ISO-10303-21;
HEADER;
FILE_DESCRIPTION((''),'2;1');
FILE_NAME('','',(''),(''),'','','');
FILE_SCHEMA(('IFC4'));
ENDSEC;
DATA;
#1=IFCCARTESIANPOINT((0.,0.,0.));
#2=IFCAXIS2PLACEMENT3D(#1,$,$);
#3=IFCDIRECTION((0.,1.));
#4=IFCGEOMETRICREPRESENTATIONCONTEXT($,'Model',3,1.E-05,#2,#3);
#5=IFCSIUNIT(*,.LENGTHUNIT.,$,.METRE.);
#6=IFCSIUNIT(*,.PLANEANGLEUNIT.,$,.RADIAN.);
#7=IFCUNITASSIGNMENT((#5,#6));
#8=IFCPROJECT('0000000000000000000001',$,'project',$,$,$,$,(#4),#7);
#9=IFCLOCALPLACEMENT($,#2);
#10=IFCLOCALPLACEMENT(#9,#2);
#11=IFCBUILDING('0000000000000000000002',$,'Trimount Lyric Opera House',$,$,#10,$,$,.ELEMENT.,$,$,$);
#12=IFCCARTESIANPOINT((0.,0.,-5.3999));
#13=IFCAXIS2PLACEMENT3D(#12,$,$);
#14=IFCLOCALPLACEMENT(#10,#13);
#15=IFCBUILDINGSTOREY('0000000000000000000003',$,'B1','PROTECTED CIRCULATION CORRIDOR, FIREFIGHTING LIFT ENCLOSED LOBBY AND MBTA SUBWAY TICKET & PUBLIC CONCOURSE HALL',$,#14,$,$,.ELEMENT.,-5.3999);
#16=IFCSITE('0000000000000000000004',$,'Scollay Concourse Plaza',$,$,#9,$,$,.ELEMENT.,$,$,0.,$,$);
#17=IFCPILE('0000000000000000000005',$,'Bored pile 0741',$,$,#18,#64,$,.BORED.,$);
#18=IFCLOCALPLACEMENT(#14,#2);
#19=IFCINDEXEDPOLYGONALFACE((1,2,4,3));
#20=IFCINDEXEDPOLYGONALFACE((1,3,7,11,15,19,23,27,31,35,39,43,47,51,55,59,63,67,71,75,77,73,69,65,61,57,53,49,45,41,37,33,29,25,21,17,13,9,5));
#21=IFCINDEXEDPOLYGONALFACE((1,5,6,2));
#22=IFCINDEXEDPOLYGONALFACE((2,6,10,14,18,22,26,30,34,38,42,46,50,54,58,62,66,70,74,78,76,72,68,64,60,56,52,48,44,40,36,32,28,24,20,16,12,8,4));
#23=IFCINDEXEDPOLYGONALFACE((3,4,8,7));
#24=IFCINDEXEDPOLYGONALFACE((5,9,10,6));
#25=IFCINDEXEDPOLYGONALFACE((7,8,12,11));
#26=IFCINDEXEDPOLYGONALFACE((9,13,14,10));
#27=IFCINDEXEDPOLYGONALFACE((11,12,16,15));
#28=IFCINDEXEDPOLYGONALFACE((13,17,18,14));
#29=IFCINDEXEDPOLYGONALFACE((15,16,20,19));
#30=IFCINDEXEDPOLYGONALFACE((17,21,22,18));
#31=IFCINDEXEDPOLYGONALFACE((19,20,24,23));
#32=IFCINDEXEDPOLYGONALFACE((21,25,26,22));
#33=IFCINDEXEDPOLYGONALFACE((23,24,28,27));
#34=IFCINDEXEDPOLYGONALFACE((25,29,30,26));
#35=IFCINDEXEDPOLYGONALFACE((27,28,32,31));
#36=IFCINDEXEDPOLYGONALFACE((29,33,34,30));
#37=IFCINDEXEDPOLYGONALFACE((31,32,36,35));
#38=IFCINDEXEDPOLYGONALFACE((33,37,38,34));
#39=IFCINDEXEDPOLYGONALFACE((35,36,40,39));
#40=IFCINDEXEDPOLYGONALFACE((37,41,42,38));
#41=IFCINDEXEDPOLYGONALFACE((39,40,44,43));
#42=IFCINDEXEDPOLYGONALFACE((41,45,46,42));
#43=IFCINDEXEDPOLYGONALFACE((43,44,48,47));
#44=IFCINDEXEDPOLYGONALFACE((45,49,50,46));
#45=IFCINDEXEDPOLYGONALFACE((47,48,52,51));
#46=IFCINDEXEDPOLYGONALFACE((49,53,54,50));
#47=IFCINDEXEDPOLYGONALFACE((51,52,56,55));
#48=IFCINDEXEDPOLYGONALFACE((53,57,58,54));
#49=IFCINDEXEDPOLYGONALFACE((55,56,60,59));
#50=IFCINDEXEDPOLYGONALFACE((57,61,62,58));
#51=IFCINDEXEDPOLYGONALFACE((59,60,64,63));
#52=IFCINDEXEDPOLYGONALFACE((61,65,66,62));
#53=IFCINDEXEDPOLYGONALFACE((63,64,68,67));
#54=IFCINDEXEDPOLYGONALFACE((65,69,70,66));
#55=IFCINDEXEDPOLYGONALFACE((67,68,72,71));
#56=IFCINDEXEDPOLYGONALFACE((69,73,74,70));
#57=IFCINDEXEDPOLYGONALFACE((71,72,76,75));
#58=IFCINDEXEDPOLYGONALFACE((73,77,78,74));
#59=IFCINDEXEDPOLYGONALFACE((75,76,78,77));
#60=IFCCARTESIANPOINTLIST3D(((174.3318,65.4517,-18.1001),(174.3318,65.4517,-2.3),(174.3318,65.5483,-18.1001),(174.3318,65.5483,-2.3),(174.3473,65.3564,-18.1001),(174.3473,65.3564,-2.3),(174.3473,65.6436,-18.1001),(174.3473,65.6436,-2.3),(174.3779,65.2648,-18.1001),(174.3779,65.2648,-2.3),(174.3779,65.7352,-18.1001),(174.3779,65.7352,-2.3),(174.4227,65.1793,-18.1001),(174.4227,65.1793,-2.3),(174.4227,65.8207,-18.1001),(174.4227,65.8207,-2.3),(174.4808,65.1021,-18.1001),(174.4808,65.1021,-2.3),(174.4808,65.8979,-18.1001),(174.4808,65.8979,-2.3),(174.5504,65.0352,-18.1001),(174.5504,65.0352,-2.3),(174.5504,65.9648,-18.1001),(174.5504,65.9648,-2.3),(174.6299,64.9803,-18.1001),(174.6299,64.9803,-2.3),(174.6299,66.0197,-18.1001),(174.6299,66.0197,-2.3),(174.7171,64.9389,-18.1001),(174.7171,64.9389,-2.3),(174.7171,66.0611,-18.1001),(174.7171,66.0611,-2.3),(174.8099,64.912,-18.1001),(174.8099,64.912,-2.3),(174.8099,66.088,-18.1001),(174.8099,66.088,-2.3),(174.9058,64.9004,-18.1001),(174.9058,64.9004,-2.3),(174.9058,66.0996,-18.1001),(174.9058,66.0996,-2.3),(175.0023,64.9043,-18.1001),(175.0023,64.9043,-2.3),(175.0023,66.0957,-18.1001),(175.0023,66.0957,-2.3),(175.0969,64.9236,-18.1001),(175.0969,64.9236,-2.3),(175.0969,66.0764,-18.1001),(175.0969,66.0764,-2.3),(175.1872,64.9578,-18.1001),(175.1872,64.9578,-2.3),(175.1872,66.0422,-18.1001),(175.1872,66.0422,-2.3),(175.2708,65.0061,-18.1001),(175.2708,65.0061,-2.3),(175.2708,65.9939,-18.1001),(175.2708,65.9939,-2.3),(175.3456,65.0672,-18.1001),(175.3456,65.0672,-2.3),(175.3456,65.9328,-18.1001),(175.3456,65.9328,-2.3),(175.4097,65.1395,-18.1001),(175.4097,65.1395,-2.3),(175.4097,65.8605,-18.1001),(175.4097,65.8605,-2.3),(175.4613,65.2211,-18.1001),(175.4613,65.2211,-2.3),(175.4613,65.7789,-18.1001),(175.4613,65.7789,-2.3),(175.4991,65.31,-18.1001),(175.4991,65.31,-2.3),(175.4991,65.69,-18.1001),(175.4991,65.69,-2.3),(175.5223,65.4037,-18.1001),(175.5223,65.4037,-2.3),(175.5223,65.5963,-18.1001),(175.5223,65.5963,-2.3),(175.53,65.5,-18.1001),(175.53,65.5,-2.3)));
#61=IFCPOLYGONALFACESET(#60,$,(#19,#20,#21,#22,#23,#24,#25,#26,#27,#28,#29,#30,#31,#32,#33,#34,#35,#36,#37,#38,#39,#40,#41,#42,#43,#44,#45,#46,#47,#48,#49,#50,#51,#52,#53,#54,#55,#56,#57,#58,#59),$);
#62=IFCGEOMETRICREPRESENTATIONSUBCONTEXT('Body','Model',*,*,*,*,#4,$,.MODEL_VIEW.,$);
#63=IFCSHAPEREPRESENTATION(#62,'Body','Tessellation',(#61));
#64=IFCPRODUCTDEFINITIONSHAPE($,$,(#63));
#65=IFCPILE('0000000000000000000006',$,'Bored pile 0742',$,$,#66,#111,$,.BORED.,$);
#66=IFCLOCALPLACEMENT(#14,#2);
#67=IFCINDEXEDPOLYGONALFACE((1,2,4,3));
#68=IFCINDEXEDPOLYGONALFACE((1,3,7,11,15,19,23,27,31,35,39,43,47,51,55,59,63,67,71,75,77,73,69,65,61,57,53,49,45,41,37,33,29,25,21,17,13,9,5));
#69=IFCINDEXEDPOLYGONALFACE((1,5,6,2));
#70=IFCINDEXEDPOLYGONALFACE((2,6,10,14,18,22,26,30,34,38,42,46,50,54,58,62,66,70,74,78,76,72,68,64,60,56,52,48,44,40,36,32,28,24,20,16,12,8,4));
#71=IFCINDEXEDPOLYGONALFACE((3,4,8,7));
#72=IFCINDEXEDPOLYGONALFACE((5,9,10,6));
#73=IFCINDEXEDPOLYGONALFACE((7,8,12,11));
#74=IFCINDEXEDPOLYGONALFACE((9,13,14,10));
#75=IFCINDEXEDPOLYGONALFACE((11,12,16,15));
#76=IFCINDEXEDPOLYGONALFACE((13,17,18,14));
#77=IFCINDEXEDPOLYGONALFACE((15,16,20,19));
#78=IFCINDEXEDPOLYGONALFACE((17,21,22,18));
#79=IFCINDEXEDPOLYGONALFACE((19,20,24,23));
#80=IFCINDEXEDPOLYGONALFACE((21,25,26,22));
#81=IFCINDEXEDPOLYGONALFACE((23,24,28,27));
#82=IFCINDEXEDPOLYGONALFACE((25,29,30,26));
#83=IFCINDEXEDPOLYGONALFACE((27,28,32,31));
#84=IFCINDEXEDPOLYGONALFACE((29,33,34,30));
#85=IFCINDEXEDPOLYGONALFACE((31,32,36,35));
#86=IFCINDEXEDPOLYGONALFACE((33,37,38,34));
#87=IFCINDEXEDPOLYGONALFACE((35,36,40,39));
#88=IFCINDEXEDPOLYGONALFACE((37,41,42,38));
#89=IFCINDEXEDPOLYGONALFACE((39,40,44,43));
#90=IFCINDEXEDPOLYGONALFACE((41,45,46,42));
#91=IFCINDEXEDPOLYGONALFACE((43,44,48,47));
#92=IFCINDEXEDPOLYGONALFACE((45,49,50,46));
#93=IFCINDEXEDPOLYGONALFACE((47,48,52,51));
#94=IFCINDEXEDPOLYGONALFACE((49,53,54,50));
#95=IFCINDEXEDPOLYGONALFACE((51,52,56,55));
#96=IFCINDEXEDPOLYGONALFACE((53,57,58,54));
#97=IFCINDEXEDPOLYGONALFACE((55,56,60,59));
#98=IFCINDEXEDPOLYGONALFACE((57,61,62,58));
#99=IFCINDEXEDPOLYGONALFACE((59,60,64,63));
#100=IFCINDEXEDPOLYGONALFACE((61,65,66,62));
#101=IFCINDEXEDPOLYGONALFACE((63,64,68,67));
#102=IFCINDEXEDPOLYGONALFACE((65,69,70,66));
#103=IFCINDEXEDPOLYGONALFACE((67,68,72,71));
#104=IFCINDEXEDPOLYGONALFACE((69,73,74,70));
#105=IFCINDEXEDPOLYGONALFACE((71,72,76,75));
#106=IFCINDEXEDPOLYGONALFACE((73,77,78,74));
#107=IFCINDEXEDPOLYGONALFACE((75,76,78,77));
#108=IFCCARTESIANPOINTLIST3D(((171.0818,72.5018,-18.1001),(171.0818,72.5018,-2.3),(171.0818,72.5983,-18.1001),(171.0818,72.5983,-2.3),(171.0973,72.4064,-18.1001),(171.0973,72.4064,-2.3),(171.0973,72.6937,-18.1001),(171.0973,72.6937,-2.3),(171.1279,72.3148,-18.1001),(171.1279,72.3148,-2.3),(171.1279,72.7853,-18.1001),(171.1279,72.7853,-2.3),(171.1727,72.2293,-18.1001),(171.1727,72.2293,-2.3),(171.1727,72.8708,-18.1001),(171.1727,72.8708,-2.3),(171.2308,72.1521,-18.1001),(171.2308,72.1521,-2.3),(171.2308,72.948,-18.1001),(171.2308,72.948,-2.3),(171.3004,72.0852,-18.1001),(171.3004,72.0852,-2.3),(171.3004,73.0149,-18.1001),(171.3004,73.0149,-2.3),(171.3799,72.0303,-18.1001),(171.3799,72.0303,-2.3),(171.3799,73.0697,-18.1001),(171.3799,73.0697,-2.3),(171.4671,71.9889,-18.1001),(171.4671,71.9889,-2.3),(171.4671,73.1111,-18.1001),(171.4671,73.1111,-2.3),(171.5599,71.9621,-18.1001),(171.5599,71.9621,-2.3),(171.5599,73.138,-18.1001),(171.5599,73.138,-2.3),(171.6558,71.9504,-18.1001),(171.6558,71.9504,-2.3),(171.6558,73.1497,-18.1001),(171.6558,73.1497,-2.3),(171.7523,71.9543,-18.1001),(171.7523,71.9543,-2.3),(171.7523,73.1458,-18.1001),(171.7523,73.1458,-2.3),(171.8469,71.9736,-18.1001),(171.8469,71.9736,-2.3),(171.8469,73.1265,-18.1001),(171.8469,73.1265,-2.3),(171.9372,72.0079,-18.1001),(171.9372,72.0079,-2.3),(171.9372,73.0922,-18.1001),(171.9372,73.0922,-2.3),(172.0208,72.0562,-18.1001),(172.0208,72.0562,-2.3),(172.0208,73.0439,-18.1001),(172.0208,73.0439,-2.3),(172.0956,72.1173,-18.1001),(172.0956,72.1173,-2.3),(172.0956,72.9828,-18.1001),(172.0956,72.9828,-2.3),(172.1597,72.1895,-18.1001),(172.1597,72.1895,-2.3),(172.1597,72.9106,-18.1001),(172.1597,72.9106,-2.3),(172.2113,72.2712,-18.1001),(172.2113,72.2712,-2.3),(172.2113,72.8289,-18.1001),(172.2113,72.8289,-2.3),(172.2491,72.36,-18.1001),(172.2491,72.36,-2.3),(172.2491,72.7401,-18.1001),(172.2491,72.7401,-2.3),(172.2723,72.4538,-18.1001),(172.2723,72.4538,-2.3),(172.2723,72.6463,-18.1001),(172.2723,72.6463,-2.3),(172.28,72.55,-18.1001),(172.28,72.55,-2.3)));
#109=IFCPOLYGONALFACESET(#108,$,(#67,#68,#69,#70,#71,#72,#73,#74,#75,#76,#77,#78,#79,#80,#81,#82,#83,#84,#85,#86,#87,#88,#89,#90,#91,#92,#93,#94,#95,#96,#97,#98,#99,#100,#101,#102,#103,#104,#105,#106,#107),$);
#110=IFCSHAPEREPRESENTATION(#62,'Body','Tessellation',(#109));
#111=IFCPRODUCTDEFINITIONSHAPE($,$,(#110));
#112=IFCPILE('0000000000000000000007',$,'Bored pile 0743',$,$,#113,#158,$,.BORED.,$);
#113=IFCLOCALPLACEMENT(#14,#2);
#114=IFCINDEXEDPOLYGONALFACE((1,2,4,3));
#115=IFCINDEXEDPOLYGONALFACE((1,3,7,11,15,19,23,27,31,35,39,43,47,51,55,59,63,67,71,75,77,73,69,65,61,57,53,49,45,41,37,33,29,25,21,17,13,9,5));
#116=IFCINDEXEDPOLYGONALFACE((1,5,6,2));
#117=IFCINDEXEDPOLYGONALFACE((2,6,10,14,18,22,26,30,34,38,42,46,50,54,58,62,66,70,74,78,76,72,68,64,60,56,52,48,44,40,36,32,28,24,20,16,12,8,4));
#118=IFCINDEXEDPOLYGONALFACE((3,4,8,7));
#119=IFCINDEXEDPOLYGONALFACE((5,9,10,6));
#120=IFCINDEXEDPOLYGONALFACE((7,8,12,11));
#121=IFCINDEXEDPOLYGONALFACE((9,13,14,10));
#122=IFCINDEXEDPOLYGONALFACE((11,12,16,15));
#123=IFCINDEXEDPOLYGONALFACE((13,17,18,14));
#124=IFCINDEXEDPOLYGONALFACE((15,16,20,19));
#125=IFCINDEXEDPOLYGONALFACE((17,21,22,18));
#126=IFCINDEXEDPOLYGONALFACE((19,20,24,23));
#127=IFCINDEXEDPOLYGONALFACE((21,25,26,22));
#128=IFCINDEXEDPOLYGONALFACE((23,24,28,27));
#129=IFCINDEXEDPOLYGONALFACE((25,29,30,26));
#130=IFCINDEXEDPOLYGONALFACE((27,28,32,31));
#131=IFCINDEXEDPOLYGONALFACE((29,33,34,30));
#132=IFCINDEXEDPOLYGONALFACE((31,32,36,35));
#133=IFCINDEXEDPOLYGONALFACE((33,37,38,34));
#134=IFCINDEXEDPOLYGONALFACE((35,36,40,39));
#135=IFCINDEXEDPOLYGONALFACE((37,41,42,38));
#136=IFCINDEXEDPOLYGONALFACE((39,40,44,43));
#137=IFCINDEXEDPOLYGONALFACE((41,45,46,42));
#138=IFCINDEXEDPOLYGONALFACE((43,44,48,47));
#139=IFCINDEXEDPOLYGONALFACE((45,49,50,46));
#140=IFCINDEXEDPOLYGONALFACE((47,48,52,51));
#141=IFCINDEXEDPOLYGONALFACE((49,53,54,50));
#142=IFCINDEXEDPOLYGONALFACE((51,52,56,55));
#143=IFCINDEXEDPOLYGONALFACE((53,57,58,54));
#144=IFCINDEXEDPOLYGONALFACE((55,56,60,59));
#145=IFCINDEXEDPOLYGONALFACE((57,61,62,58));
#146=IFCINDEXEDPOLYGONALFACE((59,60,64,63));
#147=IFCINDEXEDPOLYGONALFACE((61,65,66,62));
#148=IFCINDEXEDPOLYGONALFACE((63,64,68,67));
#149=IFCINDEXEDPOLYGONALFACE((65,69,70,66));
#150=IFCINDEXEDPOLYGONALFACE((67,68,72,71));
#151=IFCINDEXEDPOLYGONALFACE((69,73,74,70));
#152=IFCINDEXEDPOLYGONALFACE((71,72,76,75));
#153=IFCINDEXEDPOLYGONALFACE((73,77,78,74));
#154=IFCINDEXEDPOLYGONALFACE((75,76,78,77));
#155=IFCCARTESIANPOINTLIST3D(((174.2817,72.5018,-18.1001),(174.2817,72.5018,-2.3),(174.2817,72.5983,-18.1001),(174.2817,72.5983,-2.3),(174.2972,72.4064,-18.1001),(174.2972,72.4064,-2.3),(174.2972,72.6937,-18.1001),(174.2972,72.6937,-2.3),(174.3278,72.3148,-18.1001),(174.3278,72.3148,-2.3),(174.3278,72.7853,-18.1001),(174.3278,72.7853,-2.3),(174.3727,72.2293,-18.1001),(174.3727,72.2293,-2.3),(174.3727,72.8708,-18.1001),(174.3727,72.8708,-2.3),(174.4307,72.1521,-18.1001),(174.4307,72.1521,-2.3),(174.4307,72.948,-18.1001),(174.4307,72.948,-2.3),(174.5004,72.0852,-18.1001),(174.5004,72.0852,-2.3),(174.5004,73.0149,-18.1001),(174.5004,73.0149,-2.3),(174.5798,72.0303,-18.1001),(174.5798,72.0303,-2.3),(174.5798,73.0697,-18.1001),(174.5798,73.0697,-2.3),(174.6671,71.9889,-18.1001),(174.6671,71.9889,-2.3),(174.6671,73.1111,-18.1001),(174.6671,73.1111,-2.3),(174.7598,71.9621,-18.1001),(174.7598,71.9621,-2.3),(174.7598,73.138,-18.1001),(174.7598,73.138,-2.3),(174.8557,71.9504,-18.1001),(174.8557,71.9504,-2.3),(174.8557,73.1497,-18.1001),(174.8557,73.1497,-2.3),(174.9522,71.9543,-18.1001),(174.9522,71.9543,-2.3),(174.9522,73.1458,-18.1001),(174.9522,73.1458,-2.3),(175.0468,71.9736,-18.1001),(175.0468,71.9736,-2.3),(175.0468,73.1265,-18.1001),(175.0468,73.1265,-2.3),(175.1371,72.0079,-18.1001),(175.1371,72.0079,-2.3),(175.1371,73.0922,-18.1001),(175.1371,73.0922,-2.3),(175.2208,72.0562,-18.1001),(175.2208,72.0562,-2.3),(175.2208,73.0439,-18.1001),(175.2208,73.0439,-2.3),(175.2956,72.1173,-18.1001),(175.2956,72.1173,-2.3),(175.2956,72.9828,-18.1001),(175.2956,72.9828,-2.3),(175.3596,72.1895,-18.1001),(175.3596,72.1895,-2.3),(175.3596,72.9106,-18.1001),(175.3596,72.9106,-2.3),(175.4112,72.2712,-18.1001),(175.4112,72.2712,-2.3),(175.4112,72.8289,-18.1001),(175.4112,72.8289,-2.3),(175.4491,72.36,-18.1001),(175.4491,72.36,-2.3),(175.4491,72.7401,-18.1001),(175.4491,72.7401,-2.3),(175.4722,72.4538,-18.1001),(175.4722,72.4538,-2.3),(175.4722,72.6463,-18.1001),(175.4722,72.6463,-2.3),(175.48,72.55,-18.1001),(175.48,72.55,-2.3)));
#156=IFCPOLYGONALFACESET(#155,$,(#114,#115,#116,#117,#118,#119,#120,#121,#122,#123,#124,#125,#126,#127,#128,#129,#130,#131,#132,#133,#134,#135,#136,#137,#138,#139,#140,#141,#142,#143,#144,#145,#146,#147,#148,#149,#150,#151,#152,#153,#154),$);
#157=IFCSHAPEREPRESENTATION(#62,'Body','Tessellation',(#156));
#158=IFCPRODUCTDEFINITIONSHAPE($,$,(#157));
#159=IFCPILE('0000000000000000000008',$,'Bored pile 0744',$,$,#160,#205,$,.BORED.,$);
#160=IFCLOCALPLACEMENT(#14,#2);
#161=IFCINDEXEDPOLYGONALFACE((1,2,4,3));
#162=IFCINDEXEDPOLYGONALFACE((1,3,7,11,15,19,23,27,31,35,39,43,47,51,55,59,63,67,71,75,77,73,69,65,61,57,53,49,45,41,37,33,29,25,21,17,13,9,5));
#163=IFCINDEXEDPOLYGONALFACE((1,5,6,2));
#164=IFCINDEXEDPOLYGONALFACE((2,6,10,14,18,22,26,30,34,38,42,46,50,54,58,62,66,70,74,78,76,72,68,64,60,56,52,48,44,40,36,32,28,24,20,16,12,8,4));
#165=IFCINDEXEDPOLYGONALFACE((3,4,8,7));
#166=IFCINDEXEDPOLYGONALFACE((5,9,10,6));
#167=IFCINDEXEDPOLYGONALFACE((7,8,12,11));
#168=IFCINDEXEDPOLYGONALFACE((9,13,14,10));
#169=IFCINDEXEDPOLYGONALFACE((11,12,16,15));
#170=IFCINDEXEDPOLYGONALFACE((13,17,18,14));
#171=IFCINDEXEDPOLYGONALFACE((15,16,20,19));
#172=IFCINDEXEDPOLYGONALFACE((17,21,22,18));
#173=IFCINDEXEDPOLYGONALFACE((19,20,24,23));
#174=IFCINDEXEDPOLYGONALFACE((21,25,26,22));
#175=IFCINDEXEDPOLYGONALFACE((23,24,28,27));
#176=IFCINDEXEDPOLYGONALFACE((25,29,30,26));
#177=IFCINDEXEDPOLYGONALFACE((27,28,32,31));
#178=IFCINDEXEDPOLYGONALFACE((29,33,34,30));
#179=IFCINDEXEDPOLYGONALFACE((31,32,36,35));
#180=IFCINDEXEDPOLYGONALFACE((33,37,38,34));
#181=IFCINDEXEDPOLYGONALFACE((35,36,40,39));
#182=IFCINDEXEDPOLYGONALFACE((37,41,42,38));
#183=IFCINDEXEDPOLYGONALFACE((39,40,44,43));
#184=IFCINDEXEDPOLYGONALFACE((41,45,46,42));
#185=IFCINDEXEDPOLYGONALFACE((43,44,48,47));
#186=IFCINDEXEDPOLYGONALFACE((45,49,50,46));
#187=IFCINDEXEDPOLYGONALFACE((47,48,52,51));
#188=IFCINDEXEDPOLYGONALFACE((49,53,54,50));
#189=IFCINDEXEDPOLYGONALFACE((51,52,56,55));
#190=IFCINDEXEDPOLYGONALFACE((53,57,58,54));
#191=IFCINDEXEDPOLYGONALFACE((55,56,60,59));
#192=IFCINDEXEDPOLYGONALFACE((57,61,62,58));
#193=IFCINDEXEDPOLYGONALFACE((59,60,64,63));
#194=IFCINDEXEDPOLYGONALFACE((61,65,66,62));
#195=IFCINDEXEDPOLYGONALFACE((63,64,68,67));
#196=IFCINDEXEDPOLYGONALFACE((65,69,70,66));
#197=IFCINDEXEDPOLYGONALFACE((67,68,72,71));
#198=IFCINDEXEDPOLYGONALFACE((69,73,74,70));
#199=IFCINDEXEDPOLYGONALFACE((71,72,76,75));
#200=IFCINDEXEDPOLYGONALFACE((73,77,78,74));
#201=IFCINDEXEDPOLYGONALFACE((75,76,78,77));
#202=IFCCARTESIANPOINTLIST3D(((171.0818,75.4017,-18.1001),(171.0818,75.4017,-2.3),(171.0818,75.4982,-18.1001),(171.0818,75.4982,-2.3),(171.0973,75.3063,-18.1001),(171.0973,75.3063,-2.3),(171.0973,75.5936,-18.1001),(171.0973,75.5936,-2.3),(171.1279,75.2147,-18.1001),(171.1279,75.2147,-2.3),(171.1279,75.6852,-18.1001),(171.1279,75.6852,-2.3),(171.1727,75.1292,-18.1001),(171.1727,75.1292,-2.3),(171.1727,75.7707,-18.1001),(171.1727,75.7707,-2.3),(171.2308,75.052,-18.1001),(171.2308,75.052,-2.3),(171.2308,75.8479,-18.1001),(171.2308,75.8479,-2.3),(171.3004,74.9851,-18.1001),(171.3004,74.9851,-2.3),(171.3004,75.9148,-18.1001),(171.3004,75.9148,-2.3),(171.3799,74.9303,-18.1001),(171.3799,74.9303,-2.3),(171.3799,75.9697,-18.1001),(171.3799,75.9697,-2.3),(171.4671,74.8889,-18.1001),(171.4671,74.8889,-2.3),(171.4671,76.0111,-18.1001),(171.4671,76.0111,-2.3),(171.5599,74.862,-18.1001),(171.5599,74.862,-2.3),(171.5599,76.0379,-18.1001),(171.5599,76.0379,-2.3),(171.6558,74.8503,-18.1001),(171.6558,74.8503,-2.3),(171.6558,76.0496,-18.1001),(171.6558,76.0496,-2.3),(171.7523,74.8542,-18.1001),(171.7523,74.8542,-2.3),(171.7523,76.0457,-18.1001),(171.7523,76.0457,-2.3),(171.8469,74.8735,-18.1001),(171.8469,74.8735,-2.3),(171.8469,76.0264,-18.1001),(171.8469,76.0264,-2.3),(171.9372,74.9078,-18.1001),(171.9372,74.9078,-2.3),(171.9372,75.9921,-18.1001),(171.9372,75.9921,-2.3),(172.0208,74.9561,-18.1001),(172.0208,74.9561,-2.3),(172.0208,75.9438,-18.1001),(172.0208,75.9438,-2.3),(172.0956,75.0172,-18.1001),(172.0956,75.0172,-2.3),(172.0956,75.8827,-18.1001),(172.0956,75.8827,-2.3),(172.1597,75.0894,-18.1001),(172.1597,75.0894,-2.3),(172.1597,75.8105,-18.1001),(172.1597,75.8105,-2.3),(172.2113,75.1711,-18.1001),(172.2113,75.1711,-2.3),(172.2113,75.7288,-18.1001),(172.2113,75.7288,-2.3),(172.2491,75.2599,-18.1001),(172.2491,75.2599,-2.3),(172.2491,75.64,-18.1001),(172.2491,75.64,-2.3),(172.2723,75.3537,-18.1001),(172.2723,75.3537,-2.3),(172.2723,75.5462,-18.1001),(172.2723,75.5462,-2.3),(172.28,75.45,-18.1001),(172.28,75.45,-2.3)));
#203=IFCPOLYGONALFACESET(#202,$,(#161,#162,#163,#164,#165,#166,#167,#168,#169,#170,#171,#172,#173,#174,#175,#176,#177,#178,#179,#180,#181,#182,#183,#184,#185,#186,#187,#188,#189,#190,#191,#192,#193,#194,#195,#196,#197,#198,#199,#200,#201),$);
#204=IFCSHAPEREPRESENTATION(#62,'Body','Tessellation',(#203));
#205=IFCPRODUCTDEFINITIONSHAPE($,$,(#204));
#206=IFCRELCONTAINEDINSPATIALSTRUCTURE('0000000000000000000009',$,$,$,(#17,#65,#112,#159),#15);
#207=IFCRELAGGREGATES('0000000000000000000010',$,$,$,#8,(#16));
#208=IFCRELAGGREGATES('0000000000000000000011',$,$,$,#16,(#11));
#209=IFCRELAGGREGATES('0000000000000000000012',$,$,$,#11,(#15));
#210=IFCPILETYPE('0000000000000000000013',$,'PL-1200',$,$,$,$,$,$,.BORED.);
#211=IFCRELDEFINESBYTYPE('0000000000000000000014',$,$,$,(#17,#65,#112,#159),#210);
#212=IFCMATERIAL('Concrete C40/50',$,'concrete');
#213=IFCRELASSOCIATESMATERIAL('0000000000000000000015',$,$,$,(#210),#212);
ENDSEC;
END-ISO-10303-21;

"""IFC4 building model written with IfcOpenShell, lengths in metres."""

from ifc_helpers import new_model, si_unit, direction, frame, origin, origin_2d, place, context, subcontext, project, spatial, circle, extrude, material, material_profile, profile_set, type_object, element, save


model = new_model("IFC4")

# Units and contexts
model_context = context("Model", 3, precision=1e-05, world=origin(), true_north=direction((0.0, 1.0)))
body_context = subcontext(model_context, "Body", "Model", "MODEL_VIEW")
ifc_project = project(units=[si_unit("LENGTHUNIT", "METRE"), si_unit("PLANEANGLEUNIT", "RADIAN")], contexts=[model_context])

# Site, building, storey
site_placement = place(None, origin())
site = spatial("IfcSite", under=ifc_project, at=site_placement, Name="Scollay Concourse Plaza", CompositionType="ELEMENT", RefElevation=0.0)
building_placement = place(site_placement, origin())
building = spatial("IfcBuilding", under=site, at=building_placement, Name="Trimount Lyric Opera House", CompositionType="ELEMENT")
storey_placement = place(building_placement, frame((0.0, 0.0, -5.3999)))
storey = spatial("IfcBuildingStorey", under=building, at=storey_placement, Name="B1", Description="PROTECTED CIRCULATION CORRIDOR, FIREFIGHTING LIFT ENCLOSED LOBBY AND MBTA SUBWAY TICKET & PUBLIC CONCOURSE HALL", CompositionType="ELEMENT", Elevation=-5.3999)

# Piles
ifc_material_1 = material(Name="Concrete C40/50", Category="concrete")
ifc_material_profile_1 = material_profile(ifc_material_1, circle(Radius=0.6001, at=origin_2d()), Name="PILE-D1200")
ifc_profile_set_1 = profile_set([ifc_material_profile_1], Name="Concrete C40/50")
pile_type_1 = type_object("IfcPileType", Name="PL-1200", PredefinedType="BORED", material=ifc_profile_set_1)
for number, where, z_axis, x_axis, name in (
    (1, (174.9299, 65.5, -2.3), (0.0, 0.0, -1.0), (1.0, 0.0, 0.0), "Bored pile 0741"),
    (2, (171.6799, 72.55, -2.3), (0.0, 0.0, -1.0), (1.0, 0.0, 0.0), "Bored pile 0742"),
    (3, (174.8799, 72.55, -2.3), (0.0, 0.0, -1.0), (1.0, 0.0, 0.0), "Bored pile 0743"),
    (4, (171.6799, 75.45, -2.3), (0.0, 0.0, -1.0), (1.0, 0.0, 0.0), "Bored pile 0744"),
):
    element("IfcPile", number, at=place(storey_placement, frame(where, z_axis=z_axis, x_axis=x_axis)), inside=storey, type_object=pile_type_1, Name=name, PredefinedType="BORED", context=body_context, shape_type="SweptSolid", body=[
        extrude(circle(Radius=0.6001, at=origin_2d()), origin(), (0.0, 0.0, 1.0), 15.8),
    ])

save(model, "model.ifc")
